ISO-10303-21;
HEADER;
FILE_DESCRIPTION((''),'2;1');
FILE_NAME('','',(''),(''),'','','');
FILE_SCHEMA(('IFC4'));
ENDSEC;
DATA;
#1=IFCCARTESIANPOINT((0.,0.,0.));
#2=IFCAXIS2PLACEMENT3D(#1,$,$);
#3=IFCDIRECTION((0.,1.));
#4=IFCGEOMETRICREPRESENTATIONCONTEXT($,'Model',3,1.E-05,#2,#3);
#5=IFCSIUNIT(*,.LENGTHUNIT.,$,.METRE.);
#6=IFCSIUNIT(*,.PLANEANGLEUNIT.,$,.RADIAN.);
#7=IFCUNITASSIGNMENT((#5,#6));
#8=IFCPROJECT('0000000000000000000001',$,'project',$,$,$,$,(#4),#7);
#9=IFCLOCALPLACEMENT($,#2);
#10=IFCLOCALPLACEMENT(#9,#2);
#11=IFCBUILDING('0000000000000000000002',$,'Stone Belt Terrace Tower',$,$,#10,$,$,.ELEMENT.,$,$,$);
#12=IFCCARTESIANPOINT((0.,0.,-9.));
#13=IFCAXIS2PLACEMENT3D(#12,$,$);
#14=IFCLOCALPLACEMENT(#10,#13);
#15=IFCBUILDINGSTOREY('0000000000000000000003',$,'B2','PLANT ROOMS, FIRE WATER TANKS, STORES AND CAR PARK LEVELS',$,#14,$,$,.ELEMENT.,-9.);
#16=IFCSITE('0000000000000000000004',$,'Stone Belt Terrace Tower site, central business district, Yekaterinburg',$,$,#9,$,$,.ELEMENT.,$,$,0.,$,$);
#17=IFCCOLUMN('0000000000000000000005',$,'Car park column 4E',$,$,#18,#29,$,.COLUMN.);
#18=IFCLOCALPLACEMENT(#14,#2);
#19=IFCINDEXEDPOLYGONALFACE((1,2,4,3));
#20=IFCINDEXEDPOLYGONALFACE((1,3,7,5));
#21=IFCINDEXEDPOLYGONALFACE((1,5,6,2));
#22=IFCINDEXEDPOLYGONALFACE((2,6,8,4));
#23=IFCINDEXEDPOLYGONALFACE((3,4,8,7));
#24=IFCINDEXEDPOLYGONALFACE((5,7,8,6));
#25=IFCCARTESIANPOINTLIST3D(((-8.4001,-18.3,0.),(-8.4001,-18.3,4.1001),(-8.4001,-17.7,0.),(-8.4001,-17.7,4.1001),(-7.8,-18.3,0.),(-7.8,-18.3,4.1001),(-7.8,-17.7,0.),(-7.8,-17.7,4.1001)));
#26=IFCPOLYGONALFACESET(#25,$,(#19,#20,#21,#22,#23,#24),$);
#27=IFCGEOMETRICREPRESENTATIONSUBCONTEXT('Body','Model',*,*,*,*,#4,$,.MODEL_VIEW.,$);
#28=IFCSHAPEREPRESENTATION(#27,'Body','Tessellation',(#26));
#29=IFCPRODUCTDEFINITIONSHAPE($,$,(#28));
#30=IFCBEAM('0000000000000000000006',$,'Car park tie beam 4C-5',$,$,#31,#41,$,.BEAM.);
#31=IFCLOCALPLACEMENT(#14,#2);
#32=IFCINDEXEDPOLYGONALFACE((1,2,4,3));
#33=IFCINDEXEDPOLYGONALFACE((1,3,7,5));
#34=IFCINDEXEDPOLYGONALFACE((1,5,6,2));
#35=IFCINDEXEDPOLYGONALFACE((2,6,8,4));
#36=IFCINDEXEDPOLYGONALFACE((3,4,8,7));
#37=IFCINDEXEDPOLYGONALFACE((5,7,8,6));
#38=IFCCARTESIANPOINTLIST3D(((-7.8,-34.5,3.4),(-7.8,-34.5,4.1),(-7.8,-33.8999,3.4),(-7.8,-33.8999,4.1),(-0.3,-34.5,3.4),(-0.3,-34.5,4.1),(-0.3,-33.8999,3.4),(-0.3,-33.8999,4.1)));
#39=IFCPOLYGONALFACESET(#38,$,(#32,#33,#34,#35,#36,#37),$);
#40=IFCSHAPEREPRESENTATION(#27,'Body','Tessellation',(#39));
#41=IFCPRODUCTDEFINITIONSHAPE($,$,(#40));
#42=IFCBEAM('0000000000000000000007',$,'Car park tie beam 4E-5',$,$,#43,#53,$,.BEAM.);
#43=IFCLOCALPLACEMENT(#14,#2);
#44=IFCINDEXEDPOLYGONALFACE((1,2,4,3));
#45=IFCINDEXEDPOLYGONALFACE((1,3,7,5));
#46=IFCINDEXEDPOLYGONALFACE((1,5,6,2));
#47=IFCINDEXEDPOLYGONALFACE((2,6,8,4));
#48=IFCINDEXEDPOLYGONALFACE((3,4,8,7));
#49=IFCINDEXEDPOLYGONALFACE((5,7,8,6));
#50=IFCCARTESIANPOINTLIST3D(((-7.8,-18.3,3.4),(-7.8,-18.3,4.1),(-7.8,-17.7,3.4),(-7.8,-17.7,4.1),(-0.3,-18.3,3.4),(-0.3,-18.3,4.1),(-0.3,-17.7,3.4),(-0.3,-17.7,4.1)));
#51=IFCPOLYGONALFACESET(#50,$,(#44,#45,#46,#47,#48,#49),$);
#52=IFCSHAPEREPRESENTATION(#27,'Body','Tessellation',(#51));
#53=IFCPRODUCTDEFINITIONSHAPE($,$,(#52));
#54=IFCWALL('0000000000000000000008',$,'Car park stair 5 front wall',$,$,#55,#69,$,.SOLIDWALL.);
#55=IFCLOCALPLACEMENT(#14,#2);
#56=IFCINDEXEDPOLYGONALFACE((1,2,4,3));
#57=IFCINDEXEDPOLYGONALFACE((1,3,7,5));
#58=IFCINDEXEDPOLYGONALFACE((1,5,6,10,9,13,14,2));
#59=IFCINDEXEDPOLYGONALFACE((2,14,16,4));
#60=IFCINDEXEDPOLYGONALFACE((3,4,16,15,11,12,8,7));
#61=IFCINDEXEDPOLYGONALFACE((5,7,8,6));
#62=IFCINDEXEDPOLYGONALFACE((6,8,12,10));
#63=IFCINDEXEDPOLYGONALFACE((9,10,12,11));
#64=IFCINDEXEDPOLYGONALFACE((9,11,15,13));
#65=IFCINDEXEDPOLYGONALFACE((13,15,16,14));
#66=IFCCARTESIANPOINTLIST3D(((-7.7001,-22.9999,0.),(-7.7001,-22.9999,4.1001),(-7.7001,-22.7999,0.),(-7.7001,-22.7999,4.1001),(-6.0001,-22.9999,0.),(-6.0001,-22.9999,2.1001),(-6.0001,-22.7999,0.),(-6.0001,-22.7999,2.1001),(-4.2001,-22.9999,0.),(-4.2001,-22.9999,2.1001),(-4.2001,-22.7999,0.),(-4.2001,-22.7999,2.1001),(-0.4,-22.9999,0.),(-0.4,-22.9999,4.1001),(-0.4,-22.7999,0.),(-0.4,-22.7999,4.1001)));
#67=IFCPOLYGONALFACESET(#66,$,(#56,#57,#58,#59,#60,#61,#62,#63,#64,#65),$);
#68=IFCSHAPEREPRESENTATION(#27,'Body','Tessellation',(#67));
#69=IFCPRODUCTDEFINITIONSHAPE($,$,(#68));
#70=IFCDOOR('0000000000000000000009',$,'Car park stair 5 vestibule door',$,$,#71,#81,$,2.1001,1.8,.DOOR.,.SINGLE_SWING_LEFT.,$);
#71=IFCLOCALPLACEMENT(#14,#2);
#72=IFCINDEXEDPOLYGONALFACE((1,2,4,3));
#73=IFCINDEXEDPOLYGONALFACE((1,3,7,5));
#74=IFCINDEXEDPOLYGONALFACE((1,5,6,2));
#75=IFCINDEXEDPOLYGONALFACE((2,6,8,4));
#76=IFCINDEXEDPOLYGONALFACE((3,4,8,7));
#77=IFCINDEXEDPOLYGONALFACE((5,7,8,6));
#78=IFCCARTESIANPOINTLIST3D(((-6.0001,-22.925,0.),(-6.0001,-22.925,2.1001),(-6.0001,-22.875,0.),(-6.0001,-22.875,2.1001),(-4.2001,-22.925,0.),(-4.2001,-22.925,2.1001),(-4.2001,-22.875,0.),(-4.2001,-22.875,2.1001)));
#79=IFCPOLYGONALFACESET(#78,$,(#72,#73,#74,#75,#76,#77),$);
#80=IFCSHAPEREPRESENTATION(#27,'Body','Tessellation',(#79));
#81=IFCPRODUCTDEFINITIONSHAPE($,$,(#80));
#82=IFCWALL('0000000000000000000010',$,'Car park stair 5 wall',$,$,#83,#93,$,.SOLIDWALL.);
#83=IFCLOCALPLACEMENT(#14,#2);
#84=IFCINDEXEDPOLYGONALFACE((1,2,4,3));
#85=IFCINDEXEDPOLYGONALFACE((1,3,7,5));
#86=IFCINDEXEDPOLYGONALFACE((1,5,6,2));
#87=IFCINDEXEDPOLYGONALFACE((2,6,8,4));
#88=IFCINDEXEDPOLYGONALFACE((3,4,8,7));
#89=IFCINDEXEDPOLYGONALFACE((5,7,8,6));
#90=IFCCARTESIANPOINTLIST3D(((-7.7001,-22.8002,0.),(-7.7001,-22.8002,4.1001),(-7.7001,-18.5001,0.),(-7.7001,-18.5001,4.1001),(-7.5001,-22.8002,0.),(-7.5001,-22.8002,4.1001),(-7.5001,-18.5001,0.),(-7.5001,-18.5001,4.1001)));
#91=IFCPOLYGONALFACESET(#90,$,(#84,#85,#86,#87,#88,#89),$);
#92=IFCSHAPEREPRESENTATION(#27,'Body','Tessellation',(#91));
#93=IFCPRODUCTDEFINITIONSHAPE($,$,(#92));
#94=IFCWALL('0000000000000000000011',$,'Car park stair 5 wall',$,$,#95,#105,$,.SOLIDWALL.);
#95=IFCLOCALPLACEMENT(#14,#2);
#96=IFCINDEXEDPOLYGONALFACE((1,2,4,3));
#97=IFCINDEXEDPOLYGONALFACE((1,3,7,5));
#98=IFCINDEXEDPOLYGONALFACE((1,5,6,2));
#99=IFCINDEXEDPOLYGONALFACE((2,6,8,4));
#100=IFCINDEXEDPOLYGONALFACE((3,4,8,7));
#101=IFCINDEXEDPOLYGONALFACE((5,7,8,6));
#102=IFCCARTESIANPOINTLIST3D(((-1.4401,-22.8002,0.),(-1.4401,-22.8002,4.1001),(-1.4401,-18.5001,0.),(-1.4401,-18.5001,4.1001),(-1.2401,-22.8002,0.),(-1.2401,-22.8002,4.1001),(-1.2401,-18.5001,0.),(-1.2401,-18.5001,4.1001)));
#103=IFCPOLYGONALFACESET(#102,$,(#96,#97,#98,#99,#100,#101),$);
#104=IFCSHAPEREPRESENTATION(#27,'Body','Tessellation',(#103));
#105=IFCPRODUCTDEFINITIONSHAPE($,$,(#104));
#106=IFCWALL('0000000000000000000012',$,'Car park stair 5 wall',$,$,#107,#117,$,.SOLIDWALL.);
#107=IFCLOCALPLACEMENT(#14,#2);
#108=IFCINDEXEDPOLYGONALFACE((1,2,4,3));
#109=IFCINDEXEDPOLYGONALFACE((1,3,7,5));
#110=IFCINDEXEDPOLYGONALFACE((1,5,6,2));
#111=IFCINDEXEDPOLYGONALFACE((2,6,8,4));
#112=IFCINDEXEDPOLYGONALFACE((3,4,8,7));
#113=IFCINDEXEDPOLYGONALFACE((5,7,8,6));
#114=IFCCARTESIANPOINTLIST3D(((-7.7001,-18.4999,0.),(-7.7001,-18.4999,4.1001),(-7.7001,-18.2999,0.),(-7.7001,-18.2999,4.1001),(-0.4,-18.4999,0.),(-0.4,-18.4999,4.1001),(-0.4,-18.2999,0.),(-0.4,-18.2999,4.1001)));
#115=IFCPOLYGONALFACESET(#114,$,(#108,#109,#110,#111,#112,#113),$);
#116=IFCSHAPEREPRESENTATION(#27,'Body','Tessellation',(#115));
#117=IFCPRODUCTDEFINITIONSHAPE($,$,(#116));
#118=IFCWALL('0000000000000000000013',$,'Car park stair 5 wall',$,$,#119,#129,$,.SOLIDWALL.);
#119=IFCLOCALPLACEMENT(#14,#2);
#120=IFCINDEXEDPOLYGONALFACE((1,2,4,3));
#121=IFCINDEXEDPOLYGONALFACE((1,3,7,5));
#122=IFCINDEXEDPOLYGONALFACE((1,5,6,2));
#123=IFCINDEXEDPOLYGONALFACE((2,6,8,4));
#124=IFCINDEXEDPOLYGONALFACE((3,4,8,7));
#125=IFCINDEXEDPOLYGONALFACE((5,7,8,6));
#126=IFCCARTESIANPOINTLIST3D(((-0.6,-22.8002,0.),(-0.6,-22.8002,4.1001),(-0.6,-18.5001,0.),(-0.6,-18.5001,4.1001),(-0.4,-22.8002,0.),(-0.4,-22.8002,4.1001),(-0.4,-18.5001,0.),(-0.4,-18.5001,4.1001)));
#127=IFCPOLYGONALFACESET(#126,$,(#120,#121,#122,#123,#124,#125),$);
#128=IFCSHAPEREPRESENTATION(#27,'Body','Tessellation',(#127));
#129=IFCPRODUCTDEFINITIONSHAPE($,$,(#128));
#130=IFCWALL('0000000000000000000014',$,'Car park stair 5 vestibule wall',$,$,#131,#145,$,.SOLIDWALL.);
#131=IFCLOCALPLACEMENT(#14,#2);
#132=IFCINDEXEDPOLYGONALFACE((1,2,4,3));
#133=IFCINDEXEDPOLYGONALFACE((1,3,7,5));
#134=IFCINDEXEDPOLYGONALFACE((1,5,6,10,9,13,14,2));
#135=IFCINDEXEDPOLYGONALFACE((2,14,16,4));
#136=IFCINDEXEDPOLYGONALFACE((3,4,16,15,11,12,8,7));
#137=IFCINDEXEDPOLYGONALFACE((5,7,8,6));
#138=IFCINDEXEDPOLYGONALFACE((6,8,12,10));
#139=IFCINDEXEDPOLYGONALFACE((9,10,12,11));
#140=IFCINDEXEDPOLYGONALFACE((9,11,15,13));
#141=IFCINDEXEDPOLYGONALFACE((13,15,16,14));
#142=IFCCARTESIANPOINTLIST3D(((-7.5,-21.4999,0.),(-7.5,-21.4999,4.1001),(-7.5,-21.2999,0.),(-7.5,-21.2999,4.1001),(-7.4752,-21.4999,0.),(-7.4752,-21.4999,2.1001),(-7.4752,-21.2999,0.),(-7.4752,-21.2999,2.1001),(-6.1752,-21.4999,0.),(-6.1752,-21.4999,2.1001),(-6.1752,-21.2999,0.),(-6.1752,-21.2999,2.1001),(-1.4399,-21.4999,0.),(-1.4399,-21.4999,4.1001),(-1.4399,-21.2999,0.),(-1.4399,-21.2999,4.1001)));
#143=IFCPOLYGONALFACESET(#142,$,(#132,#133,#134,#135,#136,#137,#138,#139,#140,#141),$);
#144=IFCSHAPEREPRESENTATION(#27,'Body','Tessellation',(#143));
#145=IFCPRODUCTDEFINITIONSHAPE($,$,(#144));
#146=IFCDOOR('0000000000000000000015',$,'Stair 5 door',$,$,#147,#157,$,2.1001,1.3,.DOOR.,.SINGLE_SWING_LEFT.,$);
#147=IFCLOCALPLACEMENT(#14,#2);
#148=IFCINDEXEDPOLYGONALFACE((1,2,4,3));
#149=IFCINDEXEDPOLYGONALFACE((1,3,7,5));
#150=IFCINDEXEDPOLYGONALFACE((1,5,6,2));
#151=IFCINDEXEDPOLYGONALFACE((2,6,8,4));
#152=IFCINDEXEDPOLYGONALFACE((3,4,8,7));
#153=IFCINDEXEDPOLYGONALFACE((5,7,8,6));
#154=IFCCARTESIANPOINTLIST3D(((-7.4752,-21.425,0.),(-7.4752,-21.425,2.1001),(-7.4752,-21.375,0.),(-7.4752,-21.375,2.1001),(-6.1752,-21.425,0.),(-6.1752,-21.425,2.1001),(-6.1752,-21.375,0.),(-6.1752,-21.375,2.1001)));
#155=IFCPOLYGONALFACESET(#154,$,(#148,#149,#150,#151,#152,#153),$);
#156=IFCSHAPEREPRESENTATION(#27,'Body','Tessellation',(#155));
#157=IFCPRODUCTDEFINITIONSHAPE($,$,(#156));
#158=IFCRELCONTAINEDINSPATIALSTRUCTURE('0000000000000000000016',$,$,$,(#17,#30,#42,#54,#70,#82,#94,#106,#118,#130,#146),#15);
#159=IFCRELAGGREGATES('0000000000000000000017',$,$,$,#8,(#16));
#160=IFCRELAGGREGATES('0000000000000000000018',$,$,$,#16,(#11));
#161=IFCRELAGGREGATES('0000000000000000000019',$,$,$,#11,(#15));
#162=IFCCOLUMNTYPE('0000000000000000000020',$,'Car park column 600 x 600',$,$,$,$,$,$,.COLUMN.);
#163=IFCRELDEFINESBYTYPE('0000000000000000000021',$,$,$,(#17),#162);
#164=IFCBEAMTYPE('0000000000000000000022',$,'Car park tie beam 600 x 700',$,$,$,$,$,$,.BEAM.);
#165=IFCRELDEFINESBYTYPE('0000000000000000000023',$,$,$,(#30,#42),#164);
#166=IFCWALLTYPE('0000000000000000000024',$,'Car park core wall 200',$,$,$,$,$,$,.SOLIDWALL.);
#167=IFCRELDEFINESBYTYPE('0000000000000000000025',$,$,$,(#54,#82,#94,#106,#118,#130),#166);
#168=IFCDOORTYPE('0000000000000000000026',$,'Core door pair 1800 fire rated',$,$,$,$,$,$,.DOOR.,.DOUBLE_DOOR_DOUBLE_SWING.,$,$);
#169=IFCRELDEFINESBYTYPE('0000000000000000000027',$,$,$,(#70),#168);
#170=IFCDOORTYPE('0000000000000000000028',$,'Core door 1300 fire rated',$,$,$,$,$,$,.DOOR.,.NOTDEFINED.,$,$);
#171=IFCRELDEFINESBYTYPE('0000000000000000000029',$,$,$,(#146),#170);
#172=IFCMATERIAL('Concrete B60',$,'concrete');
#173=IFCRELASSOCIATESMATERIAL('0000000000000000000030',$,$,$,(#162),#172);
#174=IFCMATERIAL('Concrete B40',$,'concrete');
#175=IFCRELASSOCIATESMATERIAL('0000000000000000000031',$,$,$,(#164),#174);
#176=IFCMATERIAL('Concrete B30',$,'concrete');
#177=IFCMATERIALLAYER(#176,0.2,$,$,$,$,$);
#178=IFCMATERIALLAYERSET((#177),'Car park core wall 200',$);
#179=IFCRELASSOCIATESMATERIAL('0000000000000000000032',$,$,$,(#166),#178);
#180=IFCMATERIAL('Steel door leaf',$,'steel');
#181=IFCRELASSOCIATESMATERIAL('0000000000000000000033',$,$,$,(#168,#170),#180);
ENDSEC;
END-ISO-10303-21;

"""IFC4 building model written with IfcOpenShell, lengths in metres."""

from ifc_helpers import new_model, si_unit, direction, frame, frame_2d, origin, origin_2d, place, context, subcontext, project, spatial, rectangle, extrude, material, layer, layer_set, material_profile, profile_set, type_object, element, fill, save


model = new_model("IFC4")

# Units and contexts
model_context = context("Model", 3, precision=1e-05, world=origin(), true_north=direction((0.0, 1.0)))
body_context = subcontext(model_context, "Body", "Model", "MODEL_VIEW")
ifc_project = project(units=[si_unit("LENGTHUNIT", "METRE"), si_unit("PLANEANGLEUNIT", "RADIAN")], contexts=[model_context])

# Site, building, storey
site_placement = place(None, origin())
site = spatial("IfcSite", under=ifc_project, at=site_placement, Name="Stone Belt Terrace Tower site, central business district, Yekaterinburg", CompositionType="ELEMENT", RefElevation=0.0)
building_placement = place(site_placement, origin())
building = spatial("IfcBuilding", under=site, at=building_placement, Name="Stone Belt Terrace Tower", CompositionType="ELEMENT")
storey_placement = place(building_placement, frame((0.0, 0.0, -9.0)))
storey = spatial("IfcBuildingStorey", under=building, at=storey_placement, Name="B2", Description="PLANT ROOMS, FIRE WATER TANKS, STORES AND CAR PARK LEVELS", CompositionType="ELEMENT", Elevation=-9.0)

# Column
ifc_material_1 = material(Name="Concrete B60", Category="concrete")
ifc_material_profile_1 = material_profile(ifc_material_1, rectangle(XDim=0.6001, YDim=0.6001, at=origin_2d()), Name="Car park column 600 x 600")
ifc_profile_set_1 = profile_set([ifc_material_profile_1], Name="Concrete B60")
column_type = type_object("IfcColumnType", Name="Car park column 600 x 600", PredefinedType="COLUMN", material=ifc_profile_set_1)
column_placement = place(storey_placement, frame((-8.1001, -18.0, 0.0), z_axis=(0.0, 0.0, 1.0), x_axis=(1.0, 0.0, 0.0)))
element("IfcColumn", 1, at=column_placement, inside=storey, type_object=column_type, Name="Car park column 4E", PredefinedType="COLUMN", context=body_context, shape_type="SweptSolid", body=[
    extrude(rectangle(XDim=0.6001, YDim=0.6001, at=origin_2d()), origin(), (0.0, 0.0, 1.0), 4.1001),
])

# Beams
ifc_material_2 = material(Name="Concrete B40", Category="concrete")
ifc_material_profile_2 = material_profile(ifc_material_2, rectangle(XDim=0.6001, YDim=0.7, at=origin_2d()), Name="Car park tie beam 600 x 700")
ifc_profile_set_2 = profile_set([ifc_material_profile_2], Name="Concrete B40")
beam_type = type_object("IfcBeamType", Name="Car park tie beam 600 x 700", PredefinedType="BEAM", material=ifc_profile_set_2)
for number, where, z_axis, x_axis, name in (
    (2, (-7.8, -34.2, 3.75), (1.0, 0.0, 0.0), (0.0, 1.0, 0.0), "Car park tie beam 4C-5"),
    (3, (-7.8, -18.0, 3.75), (1.0, 0.0, 0.0), (0.0, 1.0, 0.0), "Car park tie beam 4E-5"),
):
    element("IfcBeam", number, at=place(storey_placement, frame(where, z_axis=z_axis, x_axis=x_axis)), inside=storey, type_object=beam_type, Name=name, PredefinedType="BEAM", context=body_context, shape_type="SweptSolid", body=[
        extrude(rectangle(XDim=0.6001, YDim=0.7, at=origin_2d()), origin(), (0.0, 0.0, 1.0), 7.5),
    ])

# Wall, opening, door
ifc_material_3 = material(Name="Concrete B30", Category="concrete")
ifc_layer_1 = layer(ifc_material_3, 0.2)
ifc_layer_set_1 = layer_set([ifc_layer_1], Name="Car park core wall 200")
wall_type = type_object("IfcWallType", Name="Car park core wall 200", PredefinedType="SOLIDWALL", material=ifc_layer_set_1)
wall_1_placement = place(storey_placement, frame((-7.7, -22.8999, 0.0), z_axis=(0.0, 0.0, 1.0), x_axis=(1.0, 0.0, 0.0)))
wall_1 = element("IfcWall", 4, at=wall_1_placement, inside=storey, type_object=wall_type, Name="Car park stair 5 front wall", PredefinedType="SOLIDWALL", context=body_context, shape_type="SweptSolid", body=[
    extrude(rectangle(XDim=7.3, YDim=0.2, at=frame_2d((3.6499, 0.0))), origin(), (0.0, 0.0, 1.0), 4.1001),
])
opening_1_placement = place(wall_1_placement, frame((1.7, 0.0, 0.0)))
opening_1 = element("IfcOpeningElement", 5, at=opening_1_placement, cuts=wall_1, PredefinedType="OPENING", context=body_context, shape_type="SweptSolid", body=[
    extrude(rectangle(XDim=1.8, YDim=2.1001, at=frame_2d((0.8999, 1.05))), frame((0.0, 0.1099, 0.0), z_axis=(0.0, -1.0, 0.0), x_axis=(1.0, 0.0, 0.0)), (0.0, 0.0, 1.0), 0.22),
])
ifc_material_4 = material(Name="Steel door leaf", Category="steel")
door_type_1 = type_object("IfcDoorType", Name="Core door pair 1800 fire rated", OperationType="DOUBLE_DOOR_DOUBLE_SWING", PredefinedType="DOOR", material=ifc_material_4)
door_1_placement = place(opening_1_placement, origin())
door_1 = element("IfcDoor", 6, at=door_1_placement, inside=storey, type_object=door_type_1, Name="Car park stair 5 vestibule door", OperationType="SINGLE_SWING_LEFT", OverallHeight=2.1001, OverallWidth=1.8, PredefinedType="DOOR", context=body_context, shape_type="SweptSolid", body=[
    extrude(rectangle(XDim=1.8, YDim=2.1001, at=frame_2d((0.8999, 1.05))), frame((0.0, 0.0249, 0.0), z_axis=(0.0, -1.0, 0.0), x_axis=(1.0, 0.0, 0.0)), (0.0, 0.0, 1.0), 0.05),
])
fill(opening_1, door_1)

# Walls
for number, where, z_axis, x_axis, name in (
    (7, (-7.6001, -22.8, 0.0), (0.0, 0.0, 1.0), (0.0, 1.0, 0.0), "Car park stair 5 wall"),
    (8, (-1.3401, -22.8, 0.0), (0.0, 0.0, 1.0), (0.0, 1.0, 0.0), "Car park stair 5 wall"),
):
    element("IfcWall", number, at=place(storey_placement, frame(where, z_axis=z_axis, x_axis=x_axis)), inside=storey, type_object=wall_type, Name=name, PredefinedType="SOLIDWALL", context=body_context, shape_type="SweptSolid", body=[
        extrude(rectangle(XDim=4.3, YDim=0.2, at=frame_2d((2.1499, 0.0))), origin(), (0.0, 0.0, 1.0), 4.1001),
    ])
wall_2_placement = place(storey_placement, frame((-7.7, -18.3999, 0.0), z_axis=(0.0, 0.0, 1.0), x_axis=(1.0, 0.0, 0.0)))
element("IfcWall", 9, at=wall_2_placement, inside=storey, type_object=wall_type, Name="Car park stair 5 wall", PredefinedType="SOLIDWALL", context=body_context, shape_type="SweptSolid", body=[
    extrude(rectangle(XDim=7.3, YDim=0.2, at=frame_2d((3.6499, 0.0))), origin(), (0.0, 0.0, 1.0), 4.1001),
])
wall_3_placement = place(storey_placement, frame((-0.5, -22.8, 0.0), z_axis=(0.0, 0.0, 1.0), x_axis=(0.0, 1.0, 0.0)))
element("IfcWall", 10, at=wall_3_placement, inside=storey, type_object=wall_type, Name="Car park stair 5 wall", PredefinedType="SOLIDWALL", context=body_context, shape_type="SweptSolid", body=[
    extrude(rectangle(XDim=4.3, YDim=0.2, at=frame_2d((2.1499, 0.0))), origin(), (0.0, 0.0, 1.0), 4.1001),
])

# Wall, opening, door
wall_4_placement = place(storey_placement, frame((-7.5, -21.3999, 0.0), z_axis=(0.0, 0.0, 1.0), x_axis=(1.0, 0.0, 0.0)))
wall_4 = element("IfcWall", 11, at=wall_4_placement, inside=storey, type_object=wall_type, Name="Car park stair 5 vestibule wall", PredefinedType="SOLIDWALL", context=body_context, shape_type="SweptSolid", body=[
    extrude(rectangle(XDim=6.0601, YDim=0.2, at=frame_2d((3.03, 0.0))), origin(), (0.0, 0.0, 1.0), 4.1001),
])
opening_2_placement = place(wall_4_placement, frame((0.0249, 0.0, 0.0)))
opening_2 = element("IfcOpeningElement", 12, at=opening_2_placement, cuts=wall_4, PredefinedType="OPENING", context=body_context, shape_type="SweptSolid", body=[
    extrude(rectangle(XDim=1.3, YDim=2.1001, at=frame_2d((0.6499, 1.05))), frame((0.0, 0.1099, 0.0), z_axis=(0.0, -1.0, 0.0), x_axis=(1.0, 0.0, 0.0)), (0.0, 0.0, 1.0), 0.22),
])
door_type_2 = type_object("IfcDoorType", Name="Core door 1300 fire rated", OperationType="NOTDEFINED", PredefinedType="DOOR", material=ifc_material_4)
door_2_placement = place(opening_2_placement, origin())
door_2 = element("IfcDoor", 13, at=door_2_placement, inside=storey, type_object=door_type_2, Name="Stair 5 door", OperationType="SINGLE_SWING_LEFT", OverallHeight=2.1001, OverallWidth=1.3, PredefinedType="DOOR", context=body_context, shape_type="SweptSolid", body=[
    extrude(rectangle(XDim=1.3, YDim=2.1001, at=frame_2d((0.6499, 1.05))), frame((0.0, 0.0249, 0.0), z_axis=(0.0, -1.0, 0.0), x_axis=(1.0, 0.0, 0.0)), (0.0, 0.0, 1.0), 0.05),
])
fill(opening_2, door_2)

save(model, "model.ifc")
